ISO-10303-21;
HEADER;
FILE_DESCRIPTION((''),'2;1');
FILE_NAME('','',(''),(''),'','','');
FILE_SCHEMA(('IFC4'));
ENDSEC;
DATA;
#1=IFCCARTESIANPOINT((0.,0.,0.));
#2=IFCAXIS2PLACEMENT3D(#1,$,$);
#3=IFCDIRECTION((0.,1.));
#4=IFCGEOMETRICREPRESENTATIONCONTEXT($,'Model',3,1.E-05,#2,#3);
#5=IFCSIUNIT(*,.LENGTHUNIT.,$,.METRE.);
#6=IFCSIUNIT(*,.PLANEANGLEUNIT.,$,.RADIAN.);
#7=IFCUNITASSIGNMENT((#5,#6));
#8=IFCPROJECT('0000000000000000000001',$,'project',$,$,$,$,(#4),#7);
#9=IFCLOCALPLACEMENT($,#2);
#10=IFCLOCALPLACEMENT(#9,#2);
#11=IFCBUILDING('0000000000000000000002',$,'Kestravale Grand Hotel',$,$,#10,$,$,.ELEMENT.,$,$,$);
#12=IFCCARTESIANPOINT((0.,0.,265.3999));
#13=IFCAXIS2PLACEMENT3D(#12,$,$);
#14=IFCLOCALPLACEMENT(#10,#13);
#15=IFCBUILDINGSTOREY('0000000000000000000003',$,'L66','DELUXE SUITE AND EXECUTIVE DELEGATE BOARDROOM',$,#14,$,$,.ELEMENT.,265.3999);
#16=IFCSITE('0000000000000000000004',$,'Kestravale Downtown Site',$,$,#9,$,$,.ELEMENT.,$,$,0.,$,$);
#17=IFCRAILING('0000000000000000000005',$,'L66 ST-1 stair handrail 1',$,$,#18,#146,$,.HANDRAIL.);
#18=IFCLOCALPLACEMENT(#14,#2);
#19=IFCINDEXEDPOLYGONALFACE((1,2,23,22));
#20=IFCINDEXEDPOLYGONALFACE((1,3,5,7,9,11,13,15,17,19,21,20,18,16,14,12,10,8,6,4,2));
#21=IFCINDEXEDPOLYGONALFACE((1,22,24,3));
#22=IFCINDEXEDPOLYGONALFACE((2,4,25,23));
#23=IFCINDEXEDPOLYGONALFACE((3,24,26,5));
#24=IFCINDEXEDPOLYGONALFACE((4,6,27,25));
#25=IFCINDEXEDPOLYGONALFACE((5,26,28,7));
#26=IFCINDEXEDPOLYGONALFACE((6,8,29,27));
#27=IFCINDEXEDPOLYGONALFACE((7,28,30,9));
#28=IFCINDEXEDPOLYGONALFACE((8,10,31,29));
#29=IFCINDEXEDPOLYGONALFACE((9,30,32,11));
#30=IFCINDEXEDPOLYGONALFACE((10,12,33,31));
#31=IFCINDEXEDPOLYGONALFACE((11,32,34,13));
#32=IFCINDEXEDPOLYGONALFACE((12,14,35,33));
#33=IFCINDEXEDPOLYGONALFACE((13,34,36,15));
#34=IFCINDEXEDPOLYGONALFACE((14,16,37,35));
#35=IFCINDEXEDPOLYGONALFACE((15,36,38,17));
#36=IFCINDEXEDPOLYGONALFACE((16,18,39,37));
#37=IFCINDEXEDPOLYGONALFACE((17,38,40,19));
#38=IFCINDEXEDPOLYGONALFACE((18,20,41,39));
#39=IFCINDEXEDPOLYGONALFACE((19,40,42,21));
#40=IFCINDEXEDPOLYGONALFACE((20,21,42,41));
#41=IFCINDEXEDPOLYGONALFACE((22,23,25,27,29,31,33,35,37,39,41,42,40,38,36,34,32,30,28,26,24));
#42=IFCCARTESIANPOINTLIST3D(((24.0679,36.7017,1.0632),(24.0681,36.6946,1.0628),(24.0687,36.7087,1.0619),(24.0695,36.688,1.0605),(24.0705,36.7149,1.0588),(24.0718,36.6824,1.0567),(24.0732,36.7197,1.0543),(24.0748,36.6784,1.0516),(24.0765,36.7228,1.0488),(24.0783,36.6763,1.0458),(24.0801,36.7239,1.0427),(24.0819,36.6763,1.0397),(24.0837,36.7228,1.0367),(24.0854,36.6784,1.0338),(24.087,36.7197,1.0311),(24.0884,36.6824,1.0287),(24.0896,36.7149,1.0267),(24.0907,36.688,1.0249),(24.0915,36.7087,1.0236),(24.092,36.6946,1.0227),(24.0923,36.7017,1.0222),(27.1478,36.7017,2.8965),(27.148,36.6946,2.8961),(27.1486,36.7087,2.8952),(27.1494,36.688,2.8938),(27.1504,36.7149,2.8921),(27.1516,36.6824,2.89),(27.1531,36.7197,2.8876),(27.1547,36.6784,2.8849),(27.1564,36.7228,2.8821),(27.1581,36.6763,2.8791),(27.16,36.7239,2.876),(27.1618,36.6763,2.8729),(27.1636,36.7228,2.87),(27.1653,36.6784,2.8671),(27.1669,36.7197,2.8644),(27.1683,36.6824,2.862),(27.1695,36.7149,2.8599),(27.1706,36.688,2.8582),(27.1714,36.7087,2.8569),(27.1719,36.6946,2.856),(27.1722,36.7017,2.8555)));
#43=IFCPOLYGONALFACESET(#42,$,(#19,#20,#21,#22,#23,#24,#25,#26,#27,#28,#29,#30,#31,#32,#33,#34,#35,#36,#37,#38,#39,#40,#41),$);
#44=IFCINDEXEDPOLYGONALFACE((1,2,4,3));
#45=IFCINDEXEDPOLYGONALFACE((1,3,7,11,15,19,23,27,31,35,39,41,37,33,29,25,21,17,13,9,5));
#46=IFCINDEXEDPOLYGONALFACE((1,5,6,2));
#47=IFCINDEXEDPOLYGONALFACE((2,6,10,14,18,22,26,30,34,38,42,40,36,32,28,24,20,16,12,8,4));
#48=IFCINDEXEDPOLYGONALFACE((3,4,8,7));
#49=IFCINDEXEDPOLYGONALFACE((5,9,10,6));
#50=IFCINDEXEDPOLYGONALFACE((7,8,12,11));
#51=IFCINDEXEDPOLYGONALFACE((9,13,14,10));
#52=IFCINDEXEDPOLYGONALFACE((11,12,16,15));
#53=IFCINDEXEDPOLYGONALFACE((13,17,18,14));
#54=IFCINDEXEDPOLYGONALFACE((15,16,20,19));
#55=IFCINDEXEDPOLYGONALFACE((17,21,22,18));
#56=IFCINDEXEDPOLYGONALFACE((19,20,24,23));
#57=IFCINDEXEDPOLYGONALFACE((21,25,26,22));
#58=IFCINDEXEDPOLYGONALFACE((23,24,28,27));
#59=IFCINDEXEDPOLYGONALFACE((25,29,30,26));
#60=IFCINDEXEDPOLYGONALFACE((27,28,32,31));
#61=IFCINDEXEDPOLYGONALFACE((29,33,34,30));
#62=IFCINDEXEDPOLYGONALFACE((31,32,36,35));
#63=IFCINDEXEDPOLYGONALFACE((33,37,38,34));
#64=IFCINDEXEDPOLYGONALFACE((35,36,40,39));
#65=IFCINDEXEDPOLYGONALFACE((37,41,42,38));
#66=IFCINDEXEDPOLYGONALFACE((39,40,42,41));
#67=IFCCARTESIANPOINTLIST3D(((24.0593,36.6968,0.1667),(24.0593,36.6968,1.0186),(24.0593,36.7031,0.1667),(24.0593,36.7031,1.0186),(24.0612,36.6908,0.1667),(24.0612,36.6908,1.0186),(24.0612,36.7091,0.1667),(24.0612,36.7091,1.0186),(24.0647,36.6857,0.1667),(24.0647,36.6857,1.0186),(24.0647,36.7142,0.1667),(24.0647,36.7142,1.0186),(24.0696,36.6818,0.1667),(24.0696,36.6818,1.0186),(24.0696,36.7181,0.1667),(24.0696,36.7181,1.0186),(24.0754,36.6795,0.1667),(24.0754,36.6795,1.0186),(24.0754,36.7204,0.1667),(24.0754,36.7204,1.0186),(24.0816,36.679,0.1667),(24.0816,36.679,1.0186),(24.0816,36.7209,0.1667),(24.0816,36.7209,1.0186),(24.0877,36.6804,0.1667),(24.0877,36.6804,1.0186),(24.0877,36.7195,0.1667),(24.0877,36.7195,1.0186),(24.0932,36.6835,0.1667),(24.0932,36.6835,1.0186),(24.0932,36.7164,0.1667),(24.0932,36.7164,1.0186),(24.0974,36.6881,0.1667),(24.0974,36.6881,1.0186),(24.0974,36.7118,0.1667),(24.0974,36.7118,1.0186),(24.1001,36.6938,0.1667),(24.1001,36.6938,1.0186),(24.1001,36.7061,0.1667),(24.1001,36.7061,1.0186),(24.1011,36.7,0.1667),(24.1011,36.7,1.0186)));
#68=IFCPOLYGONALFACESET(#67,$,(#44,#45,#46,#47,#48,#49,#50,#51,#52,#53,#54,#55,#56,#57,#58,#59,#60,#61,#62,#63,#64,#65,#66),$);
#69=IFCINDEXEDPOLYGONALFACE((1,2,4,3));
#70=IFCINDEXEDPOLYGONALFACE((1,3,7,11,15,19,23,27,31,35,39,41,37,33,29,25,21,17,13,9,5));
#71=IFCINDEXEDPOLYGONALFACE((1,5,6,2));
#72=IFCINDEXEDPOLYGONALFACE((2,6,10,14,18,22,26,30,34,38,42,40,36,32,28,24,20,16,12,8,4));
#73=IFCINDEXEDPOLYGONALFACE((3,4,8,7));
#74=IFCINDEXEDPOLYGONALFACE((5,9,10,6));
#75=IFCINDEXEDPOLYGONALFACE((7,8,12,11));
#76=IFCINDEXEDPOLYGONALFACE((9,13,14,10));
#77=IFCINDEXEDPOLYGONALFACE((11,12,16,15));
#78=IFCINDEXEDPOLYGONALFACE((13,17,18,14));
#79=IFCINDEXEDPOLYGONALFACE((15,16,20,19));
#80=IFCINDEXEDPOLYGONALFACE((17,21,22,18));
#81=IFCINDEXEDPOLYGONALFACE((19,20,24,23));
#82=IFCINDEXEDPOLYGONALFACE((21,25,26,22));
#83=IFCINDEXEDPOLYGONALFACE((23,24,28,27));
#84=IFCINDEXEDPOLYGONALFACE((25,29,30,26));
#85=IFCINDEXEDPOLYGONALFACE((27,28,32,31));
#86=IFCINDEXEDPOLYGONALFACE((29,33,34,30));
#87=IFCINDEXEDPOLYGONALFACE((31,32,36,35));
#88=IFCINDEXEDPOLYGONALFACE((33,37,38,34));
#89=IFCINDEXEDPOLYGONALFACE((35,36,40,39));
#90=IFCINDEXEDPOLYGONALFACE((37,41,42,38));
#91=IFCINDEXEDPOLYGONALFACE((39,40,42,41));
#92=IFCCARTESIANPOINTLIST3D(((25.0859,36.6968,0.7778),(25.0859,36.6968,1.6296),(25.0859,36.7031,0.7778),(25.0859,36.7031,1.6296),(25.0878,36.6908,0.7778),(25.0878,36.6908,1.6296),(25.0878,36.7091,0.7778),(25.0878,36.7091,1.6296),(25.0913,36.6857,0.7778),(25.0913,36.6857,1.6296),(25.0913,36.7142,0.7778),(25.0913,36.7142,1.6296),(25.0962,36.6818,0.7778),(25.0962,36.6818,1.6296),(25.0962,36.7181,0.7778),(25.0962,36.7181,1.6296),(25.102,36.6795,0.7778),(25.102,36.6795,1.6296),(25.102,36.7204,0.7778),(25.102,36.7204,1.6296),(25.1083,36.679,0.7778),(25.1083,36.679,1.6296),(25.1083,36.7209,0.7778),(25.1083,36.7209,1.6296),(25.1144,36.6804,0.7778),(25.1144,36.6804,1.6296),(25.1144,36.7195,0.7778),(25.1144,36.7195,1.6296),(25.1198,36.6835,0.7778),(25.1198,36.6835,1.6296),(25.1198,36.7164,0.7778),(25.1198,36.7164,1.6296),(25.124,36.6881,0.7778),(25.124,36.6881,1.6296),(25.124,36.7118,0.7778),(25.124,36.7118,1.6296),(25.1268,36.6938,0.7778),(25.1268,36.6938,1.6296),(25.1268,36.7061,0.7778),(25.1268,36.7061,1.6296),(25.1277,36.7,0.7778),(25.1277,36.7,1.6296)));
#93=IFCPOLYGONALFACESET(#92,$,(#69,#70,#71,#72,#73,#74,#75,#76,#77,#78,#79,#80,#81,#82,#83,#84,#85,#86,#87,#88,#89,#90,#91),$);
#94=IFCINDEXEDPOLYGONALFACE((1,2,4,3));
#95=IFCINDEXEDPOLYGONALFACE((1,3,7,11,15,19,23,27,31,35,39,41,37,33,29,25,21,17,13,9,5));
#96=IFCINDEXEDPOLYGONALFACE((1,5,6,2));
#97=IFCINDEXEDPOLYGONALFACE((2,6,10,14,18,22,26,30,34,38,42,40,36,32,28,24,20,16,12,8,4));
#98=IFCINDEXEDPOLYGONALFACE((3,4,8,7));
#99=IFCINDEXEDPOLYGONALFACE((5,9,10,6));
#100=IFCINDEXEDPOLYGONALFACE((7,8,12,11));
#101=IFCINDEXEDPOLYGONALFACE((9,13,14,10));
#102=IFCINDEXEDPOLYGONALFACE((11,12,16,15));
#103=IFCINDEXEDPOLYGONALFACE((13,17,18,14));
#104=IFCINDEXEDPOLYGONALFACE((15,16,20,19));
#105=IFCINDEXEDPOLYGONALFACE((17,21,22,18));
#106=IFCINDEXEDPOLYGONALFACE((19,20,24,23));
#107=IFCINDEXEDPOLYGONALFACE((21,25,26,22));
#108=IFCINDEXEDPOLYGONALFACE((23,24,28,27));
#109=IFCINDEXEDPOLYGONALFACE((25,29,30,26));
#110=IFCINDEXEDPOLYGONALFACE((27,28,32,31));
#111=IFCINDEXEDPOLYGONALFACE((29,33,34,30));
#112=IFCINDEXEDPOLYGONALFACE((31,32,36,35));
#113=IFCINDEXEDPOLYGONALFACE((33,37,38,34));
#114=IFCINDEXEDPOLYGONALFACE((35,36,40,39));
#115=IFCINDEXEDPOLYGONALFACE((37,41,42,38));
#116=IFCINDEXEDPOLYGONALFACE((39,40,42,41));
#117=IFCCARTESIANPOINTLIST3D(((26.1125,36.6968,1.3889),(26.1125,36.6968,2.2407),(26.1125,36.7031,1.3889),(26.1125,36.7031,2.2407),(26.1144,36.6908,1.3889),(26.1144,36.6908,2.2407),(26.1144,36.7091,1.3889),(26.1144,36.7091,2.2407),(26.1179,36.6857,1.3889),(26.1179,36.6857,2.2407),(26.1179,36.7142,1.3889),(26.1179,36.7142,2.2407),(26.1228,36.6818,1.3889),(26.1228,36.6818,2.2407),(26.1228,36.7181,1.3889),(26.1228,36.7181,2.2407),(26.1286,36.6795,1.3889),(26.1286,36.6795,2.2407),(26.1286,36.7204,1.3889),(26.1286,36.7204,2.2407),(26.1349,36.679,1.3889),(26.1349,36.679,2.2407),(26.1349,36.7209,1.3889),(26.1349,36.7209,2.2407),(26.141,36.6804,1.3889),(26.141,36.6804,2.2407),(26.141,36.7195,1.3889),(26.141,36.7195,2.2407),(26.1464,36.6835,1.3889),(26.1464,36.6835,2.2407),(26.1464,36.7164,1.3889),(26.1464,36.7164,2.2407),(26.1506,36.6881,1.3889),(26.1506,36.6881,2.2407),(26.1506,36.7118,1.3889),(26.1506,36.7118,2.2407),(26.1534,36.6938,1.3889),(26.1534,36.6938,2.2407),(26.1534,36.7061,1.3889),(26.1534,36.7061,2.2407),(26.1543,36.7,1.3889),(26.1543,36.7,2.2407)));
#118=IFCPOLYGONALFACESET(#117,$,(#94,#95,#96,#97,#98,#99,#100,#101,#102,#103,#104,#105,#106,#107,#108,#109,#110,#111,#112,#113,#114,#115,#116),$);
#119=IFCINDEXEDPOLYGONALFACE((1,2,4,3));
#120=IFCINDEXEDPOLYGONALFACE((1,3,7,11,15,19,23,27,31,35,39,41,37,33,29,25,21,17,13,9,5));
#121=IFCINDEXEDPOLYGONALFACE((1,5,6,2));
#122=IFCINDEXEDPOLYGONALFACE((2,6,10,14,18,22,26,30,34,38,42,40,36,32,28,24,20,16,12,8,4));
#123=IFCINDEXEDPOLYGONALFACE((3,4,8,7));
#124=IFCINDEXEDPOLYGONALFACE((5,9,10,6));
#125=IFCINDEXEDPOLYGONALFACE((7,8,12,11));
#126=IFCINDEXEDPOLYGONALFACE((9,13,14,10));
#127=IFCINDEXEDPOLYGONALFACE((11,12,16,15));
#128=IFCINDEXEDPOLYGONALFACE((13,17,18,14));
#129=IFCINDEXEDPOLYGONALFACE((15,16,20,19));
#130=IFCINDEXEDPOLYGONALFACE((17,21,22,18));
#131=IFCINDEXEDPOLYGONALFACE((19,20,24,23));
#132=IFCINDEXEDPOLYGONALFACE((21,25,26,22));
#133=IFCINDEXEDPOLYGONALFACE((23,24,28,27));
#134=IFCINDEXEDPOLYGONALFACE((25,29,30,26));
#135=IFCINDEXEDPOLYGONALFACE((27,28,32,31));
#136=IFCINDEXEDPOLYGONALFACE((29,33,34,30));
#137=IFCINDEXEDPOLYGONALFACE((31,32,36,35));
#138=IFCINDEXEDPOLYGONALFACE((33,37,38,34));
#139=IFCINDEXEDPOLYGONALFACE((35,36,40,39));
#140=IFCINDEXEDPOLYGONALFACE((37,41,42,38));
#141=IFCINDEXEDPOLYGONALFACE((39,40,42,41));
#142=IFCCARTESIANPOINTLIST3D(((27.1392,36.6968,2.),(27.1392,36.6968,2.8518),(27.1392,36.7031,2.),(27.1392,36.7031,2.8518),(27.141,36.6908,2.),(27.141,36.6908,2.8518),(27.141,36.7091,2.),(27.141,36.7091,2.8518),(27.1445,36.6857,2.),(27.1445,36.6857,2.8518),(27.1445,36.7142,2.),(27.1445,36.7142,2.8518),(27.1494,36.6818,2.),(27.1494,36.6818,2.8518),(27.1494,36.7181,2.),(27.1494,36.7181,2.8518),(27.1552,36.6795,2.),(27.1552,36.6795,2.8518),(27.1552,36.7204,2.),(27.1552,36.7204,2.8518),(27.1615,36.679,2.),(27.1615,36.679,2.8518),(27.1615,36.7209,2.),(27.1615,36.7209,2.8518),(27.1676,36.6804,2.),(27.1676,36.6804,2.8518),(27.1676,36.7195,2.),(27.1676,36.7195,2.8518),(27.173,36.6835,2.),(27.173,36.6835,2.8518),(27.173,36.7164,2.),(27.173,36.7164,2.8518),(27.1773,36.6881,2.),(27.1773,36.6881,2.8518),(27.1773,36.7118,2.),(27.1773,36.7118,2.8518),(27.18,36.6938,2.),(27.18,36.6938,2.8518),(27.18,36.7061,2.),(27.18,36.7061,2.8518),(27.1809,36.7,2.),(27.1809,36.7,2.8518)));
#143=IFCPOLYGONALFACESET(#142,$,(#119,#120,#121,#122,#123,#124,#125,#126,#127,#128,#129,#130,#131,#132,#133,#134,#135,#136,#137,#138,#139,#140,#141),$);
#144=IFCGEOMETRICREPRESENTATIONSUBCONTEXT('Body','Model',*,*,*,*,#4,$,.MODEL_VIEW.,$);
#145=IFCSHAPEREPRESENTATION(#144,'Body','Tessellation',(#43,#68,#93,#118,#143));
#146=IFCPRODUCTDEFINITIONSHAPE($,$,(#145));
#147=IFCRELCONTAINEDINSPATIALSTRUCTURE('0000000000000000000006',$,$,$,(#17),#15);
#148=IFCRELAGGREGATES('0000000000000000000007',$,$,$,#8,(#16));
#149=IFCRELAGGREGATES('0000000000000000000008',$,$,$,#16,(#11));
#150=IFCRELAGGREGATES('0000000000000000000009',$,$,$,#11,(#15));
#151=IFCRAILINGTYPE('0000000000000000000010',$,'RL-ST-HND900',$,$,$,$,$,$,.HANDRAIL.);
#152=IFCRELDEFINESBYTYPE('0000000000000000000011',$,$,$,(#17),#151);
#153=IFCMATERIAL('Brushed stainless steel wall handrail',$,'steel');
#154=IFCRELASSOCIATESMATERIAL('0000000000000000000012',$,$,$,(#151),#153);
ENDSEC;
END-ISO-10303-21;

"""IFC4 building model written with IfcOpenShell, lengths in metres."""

from ifc_helpers import new_model, si_unit, direction, frame, origin, origin_2d, place, context, subcontext, project, spatial, circle, extrude, material, type_object, element, save


model = new_model("IFC4")

# Units and contexts
model_context = context("Model", 3, precision=1e-05, world=origin(), true_north=direction((0.0, 1.0)))
body_context = subcontext(model_context, "Body", "Model", "MODEL_VIEW")
ifc_project = project(units=[si_unit("LENGTHUNIT", "METRE"), si_unit("PLANEANGLEUNIT", "RADIAN")], contexts=[model_context])

# Site, building, storey
site_placement = place(None, origin())
site = spatial("IfcSite", under=ifc_project, at=site_placement, Name="Kestravale Downtown Site", CompositionType="ELEMENT", RefElevation=0.0)
building_placement = place(site_placement, origin())
building = spatial("IfcBuilding", under=site, at=building_placement, Name="Kestravale Grand Hotel", CompositionType="ELEMENT")
storey_placement = place(building_placement, frame((0.0, 0.0, 265.3999)))
storey = spatial("IfcBuildingStorey", under=building, at=storey_placement, Name="L66", Description="DELUXE SUITE AND EXECUTIVE DELEGATE BOARDROOM", CompositionType="ELEMENT", Elevation=265.3999)

# Railing
ifc_material_1 = material(Name="Brushed stainless steel wall handrail", Category="steel")
railing_type_1 = type_object("IfcRailingType", Name="RL-ST-HND900", PredefinedType="HANDRAIL", material=ifc_material_1)
railing_1_placement = place(storey_placement, frame((24.0801, 36.7, 0.1667)))
element("IfcRailing", 1, at=railing_1_placement, inside=storey, type_object=railing_type_1, Name="L66 ST-1 stair handrail 1", PredefinedType="HANDRAIL", context=body_context, shape_type="SweptSolid", body=[
    extrude(circle(Radius=0.0239, at=origin_2d()), frame((0.0, 0.0, 0.876), z_axis=(0.859291, 0.0, 0.511487), x_axis=(0.0, 1.0, 0.0)), (0.0, 0.0, 1.0), 3.5842),
    extrude(circle(Radius=0.021, at=origin_2d()), origin(), (0.0, 0.0, 1.0), 0.8518),
    extrude(circle(Radius=0.021, at=origin_2d()), frame((1.0266, 0.0, 0.6111)), (0.0, 0.0, 1.0), 0.8518),
    extrude(circle(Radius=0.021, at=origin_2d()), frame((2.0532, 0.0, 1.2222)), (0.0, 0.0, 1.0), 0.8518),
    extrude(circle(Radius=0.021, at=origin_2d()), frame((3.0798, 0.0, 1.8333)), (0.0, 0.0, 1.0), 0.8518),
])

save(model, "model.ifc")
